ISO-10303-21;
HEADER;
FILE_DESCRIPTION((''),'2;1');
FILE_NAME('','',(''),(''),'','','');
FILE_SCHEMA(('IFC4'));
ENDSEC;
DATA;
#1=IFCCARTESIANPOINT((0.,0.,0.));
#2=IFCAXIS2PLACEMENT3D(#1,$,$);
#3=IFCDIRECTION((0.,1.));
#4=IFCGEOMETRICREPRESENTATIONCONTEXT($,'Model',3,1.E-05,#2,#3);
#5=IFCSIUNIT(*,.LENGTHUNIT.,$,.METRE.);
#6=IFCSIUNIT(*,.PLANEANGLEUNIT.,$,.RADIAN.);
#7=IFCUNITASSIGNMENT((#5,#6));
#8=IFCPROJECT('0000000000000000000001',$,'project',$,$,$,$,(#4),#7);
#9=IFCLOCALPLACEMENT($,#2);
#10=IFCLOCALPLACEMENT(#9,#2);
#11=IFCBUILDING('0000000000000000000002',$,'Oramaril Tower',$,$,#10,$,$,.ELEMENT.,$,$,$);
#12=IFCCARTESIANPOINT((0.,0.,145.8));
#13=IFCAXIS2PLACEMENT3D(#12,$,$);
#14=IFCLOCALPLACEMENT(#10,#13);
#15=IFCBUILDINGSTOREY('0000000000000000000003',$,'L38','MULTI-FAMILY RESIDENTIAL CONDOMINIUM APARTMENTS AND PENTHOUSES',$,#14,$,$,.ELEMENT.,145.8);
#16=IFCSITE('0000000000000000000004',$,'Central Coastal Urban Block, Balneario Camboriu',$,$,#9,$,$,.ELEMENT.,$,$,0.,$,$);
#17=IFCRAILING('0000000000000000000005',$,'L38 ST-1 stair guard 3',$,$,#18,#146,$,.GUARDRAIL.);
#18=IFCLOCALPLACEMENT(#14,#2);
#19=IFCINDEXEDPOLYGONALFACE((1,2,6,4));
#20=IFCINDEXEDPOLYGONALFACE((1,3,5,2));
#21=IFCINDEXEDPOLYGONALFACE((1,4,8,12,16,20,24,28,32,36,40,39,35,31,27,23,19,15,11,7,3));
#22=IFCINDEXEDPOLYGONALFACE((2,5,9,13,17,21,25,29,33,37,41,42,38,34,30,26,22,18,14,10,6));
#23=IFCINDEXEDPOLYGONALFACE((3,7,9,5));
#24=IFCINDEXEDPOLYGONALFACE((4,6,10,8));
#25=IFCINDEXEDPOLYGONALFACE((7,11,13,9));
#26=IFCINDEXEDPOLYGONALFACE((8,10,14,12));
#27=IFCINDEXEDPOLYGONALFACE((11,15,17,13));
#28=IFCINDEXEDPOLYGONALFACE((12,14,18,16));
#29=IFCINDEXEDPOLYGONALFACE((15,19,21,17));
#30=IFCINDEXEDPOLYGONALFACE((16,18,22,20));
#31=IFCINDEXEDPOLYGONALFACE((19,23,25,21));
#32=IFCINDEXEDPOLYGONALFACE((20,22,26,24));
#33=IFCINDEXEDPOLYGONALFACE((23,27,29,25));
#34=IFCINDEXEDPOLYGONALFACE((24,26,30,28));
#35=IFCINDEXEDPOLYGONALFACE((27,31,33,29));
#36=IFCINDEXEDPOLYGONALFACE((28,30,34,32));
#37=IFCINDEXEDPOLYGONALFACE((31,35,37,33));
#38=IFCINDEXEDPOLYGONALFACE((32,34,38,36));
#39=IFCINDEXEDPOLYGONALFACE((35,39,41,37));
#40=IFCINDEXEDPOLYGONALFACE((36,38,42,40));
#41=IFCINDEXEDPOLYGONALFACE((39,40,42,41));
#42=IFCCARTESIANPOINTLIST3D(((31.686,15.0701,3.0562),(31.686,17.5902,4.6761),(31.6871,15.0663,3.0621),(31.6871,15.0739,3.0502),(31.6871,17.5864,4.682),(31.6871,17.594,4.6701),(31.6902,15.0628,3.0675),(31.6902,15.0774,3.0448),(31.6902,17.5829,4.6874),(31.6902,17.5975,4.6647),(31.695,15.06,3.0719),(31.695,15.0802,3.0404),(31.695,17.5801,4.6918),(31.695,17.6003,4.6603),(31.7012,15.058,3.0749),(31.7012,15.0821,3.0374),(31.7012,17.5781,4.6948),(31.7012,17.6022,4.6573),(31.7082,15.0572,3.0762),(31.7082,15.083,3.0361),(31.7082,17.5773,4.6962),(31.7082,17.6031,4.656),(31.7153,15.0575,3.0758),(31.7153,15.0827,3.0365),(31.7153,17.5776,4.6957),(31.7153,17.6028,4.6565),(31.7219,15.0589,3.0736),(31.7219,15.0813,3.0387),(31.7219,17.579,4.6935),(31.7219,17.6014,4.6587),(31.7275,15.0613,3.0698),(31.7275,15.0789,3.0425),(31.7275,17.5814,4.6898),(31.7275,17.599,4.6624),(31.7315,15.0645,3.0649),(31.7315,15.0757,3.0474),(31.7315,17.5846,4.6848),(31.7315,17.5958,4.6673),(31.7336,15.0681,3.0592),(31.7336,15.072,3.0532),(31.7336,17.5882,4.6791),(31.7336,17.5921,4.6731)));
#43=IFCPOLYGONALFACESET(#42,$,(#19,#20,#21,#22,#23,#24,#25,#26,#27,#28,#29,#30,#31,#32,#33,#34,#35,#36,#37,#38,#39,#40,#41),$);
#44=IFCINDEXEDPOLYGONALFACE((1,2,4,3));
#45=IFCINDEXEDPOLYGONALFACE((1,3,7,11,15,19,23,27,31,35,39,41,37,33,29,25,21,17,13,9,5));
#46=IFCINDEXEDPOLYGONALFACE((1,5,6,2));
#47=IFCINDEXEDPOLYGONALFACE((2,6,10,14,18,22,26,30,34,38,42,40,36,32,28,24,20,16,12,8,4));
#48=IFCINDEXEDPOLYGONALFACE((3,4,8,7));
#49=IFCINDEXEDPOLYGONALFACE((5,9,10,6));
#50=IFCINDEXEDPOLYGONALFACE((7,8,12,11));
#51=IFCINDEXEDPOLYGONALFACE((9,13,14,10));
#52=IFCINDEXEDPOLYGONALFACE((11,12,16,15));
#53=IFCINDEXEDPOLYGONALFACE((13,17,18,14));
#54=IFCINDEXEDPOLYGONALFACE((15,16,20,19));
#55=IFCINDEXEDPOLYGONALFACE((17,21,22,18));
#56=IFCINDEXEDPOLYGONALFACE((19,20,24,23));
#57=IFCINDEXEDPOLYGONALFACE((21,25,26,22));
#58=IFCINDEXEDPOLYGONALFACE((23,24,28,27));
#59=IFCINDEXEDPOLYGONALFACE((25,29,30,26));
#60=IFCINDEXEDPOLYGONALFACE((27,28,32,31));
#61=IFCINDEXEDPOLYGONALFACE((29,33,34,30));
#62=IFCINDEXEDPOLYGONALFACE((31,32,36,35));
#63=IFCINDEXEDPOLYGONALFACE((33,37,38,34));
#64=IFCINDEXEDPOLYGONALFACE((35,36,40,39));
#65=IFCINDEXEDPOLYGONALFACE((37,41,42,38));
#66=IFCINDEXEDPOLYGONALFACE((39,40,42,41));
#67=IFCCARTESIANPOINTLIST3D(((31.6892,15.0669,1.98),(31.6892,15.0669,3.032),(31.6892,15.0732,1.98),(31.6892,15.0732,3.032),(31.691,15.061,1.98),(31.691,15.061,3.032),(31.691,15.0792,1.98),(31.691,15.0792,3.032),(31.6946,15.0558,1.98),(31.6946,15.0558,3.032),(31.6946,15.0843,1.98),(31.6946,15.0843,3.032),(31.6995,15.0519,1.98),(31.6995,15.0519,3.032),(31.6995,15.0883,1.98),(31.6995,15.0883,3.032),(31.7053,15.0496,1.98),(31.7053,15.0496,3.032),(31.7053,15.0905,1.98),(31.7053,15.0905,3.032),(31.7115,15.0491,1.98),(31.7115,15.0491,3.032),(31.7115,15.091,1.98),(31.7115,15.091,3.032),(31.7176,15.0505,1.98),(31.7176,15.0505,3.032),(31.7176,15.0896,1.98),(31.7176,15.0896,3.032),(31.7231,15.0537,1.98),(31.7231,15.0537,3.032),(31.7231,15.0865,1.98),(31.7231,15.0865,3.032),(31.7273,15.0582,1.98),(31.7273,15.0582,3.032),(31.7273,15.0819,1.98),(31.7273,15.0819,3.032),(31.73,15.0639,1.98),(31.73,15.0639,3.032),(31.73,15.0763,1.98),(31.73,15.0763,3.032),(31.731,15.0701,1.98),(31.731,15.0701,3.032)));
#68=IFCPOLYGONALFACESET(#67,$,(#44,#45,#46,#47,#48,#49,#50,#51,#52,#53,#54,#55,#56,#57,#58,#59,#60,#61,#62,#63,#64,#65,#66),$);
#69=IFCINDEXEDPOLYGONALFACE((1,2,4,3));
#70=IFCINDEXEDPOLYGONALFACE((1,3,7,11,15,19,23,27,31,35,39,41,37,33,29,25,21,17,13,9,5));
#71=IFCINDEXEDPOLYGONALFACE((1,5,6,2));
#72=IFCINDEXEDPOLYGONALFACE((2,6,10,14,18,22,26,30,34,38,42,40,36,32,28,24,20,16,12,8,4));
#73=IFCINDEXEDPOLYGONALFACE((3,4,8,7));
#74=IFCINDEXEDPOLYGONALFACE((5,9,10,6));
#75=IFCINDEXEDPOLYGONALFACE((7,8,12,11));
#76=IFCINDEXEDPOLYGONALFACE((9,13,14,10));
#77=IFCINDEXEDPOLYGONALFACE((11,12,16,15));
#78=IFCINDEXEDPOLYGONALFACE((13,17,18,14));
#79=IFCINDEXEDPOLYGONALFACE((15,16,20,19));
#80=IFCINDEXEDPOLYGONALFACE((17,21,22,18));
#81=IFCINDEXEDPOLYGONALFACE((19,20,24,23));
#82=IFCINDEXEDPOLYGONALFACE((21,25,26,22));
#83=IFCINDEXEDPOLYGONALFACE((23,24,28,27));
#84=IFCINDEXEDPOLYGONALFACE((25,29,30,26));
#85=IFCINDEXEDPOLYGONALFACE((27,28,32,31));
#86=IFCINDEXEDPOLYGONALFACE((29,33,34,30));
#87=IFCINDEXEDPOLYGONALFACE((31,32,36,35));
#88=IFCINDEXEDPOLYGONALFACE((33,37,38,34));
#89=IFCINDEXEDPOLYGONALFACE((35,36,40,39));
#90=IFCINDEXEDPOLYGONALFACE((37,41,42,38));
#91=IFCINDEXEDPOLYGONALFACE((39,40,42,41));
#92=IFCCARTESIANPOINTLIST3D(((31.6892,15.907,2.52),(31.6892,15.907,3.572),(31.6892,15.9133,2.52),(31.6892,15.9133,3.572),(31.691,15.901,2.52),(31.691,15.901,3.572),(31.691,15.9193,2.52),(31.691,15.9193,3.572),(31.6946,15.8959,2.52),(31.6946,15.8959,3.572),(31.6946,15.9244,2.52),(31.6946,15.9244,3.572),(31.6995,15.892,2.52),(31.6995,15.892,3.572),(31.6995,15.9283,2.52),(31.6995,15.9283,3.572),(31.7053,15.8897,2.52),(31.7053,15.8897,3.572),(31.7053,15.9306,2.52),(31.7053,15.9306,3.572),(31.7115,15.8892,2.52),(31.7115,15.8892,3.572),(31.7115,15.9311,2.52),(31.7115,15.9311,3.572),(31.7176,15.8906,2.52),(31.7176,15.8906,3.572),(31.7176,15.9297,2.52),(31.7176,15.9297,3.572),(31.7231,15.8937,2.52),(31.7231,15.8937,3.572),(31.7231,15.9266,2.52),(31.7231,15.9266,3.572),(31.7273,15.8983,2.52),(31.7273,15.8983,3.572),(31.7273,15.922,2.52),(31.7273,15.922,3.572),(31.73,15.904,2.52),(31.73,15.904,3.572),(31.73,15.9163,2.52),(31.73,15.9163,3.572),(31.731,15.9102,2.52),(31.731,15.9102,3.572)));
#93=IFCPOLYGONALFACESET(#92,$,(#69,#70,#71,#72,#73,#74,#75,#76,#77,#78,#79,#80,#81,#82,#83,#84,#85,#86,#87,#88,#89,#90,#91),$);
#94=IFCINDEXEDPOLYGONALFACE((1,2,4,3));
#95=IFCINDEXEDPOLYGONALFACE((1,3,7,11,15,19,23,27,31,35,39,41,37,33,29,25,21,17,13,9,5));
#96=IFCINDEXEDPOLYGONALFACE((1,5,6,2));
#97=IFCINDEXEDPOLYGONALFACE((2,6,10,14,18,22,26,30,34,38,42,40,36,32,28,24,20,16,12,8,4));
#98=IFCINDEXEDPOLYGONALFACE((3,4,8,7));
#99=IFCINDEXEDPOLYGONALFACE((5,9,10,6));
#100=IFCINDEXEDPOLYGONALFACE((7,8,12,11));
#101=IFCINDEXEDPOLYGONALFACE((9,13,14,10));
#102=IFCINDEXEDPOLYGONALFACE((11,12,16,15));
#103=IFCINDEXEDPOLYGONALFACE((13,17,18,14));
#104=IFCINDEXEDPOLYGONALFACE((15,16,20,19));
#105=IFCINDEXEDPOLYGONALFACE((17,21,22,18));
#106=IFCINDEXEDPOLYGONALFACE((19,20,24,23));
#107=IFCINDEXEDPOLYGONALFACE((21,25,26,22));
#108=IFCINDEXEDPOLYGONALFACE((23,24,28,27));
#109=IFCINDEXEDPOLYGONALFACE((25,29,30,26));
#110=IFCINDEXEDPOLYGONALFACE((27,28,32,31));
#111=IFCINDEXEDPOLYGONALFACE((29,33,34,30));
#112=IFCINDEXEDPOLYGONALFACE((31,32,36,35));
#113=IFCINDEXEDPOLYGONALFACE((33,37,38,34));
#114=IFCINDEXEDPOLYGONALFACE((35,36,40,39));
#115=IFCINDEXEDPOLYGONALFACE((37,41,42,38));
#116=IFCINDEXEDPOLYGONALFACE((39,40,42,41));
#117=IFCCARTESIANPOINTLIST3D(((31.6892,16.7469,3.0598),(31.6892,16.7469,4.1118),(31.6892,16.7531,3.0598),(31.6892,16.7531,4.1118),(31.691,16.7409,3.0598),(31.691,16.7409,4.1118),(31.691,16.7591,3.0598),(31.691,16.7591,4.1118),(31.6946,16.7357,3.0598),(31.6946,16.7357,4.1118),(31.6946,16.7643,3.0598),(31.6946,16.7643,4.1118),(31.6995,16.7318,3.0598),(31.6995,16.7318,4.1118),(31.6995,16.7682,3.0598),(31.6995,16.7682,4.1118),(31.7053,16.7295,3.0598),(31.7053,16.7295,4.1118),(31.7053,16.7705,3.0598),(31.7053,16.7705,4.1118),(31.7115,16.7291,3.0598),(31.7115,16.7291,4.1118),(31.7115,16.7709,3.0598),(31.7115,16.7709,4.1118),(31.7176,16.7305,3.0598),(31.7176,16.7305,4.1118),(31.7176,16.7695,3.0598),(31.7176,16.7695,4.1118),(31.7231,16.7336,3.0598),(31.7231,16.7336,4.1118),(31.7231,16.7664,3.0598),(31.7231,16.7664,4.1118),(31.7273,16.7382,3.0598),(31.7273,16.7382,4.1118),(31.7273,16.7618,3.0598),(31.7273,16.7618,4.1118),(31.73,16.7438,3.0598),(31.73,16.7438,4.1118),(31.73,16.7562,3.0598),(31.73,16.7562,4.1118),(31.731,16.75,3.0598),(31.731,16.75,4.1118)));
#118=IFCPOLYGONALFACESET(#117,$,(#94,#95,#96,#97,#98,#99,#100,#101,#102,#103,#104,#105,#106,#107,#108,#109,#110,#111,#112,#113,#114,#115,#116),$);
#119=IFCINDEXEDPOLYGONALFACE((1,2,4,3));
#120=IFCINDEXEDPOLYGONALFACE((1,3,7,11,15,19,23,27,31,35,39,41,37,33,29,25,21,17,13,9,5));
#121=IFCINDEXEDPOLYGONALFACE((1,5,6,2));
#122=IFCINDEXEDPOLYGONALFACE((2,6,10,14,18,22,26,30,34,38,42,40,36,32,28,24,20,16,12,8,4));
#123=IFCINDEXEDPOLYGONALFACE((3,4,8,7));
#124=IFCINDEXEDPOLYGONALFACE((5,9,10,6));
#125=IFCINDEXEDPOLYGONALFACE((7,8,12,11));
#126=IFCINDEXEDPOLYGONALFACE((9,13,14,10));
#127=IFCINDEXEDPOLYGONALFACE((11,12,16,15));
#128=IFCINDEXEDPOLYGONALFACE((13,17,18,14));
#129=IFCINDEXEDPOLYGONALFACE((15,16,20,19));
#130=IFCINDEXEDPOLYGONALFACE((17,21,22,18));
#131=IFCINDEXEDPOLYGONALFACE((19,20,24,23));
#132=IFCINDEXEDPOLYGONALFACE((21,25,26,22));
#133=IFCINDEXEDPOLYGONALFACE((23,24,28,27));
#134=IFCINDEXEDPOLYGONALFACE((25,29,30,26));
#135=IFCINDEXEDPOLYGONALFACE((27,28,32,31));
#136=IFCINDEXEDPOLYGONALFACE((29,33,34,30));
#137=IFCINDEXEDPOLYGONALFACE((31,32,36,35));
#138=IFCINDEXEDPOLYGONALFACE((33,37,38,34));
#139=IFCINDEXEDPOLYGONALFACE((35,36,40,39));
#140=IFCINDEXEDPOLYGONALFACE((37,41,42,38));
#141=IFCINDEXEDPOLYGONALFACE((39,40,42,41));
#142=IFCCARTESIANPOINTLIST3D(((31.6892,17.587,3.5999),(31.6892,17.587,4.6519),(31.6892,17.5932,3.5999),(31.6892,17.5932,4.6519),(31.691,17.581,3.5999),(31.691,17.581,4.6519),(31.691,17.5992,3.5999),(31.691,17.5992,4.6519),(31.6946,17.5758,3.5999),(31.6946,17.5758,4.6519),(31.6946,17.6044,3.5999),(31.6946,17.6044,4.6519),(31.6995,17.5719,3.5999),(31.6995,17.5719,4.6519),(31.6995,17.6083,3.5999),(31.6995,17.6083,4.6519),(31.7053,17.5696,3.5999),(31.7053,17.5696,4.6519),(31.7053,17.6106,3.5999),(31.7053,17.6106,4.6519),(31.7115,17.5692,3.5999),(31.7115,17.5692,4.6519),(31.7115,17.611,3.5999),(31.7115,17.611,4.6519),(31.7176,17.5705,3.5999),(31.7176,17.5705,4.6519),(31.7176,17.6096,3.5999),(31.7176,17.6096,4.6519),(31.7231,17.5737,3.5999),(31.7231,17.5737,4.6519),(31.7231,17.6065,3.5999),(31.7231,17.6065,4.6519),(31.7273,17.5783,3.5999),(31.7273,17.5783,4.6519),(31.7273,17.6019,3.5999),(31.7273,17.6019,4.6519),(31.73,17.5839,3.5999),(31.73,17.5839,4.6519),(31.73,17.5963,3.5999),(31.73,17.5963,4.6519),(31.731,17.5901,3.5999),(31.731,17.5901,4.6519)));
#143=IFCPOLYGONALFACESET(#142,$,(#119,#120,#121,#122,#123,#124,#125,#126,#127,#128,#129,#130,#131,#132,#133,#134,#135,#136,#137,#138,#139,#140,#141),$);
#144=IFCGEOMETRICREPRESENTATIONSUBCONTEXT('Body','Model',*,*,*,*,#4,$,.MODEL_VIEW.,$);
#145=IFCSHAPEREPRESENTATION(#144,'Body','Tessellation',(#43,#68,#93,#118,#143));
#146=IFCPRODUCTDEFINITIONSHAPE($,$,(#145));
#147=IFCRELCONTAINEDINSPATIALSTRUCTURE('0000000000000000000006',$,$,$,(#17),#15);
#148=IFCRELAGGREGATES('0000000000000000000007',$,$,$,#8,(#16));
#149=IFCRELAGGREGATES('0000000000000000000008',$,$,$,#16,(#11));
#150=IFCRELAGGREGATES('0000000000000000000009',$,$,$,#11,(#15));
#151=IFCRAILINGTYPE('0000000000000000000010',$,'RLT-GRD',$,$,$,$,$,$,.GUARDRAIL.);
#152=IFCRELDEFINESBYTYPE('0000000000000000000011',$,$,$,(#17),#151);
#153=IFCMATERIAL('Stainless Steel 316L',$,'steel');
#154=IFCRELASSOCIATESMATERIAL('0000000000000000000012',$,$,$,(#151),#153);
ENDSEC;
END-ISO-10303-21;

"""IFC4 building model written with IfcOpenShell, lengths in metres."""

from ifc_helpers import new_model, si_unit, direction, frame, origin, origin_2d, place, context, subcontext, project, spatial, circle, extrude, material, type_object, element, save


model = new_model("IFC4")

# Units and contexts
model_context = context("Model", 3, precision=1e-05, world=origin(), true_north=direction((0.0, 1.0)))
body_context = subcontext(model_context, "Body", "Model", "MODEL_VIEW")
ifc_project = project(units=[si_unit("LENGTHUNIT", "METRE"), si_unit("PLANEANGLEUNIT", "RADIAN")], contexts=[model_context])

# Site, building, storey
site_placement = place(None, origin())
site = spatial("IfcSite", under=ifc_project, at=site_placement, Name="Central Coastal Urban Block, Balneario Camboriu", CompositionType="ELEMENT", RefElevation=0.0)
building_placement = place(site_placement, origin())
building = spatial("IfcBuilding", under=site, at=building_placement, Name="Oramaril Tower", CompositionType="ELEMENT")
storey_placement = place(building_placement, frame((0.0, 0.0, 145.8)))
storey = spatial("IfcBuildingStorey", under=building, at=storey_placement, Name="L38", Description="MULTI-FAMILY RESIDENTIAL CONDOMINIUM APARTMENTS AND PENTHOUSES", CompositionType="ELEMENT", Elevation=145.8)

# Railing
ifc_material_1 = material(Name="Stainless Steel 316L", Category="steel")
railing_type_1 = type_object("IfcRailingType", Name="RLT-GRD", PredefinedType="GUARDRAIL", material=ifc_material_1)
railing_1_placement = place(storey_placement, frame((31.71, 15.0701, 1.98)))
element("IfcRailing", 1, at=railing_1_placement, inside=storey, type_object=railing_type_1, Name="L38 ST-1 stair guard 3", PredefinedType="GUARDRAIL", context=body_context, shape_type="SweptSolid", body=[
    extrude(circle(Radius=0.0239, at=origin_2d()), frame((0.0, 0.0, 1.0762), z_axis=(0.0, 0.8412, 0.540725), x_axis=(-1.0, 0.0, 0.0)), (0.0, 0.0, 1.0), 2.9958),
    extrude(circle(Radius=0.021, at=origin_2d()), origin(), (0.0, 0.0, 1.0), 1.052),
    extrude(circle(Radius=0.021, at=origin_2d()), frame((0.0, 0.8401, 0.54)), (0.0, 0.0, 1.0), 1.052),
    extrude(circle(Radius=0.021, at=origin_2d()), frame((0.0, 1.6799, 1.0798)), (0.0, 0.0, 1.0), 1.052),
    extrude(circle(Radius=0.021, at=origin_2d()), frame((0.0, 2.52, 1.6199)), (0.0, 0.0, 1.0), 1.052),
])

save(model, "model.ifc")
